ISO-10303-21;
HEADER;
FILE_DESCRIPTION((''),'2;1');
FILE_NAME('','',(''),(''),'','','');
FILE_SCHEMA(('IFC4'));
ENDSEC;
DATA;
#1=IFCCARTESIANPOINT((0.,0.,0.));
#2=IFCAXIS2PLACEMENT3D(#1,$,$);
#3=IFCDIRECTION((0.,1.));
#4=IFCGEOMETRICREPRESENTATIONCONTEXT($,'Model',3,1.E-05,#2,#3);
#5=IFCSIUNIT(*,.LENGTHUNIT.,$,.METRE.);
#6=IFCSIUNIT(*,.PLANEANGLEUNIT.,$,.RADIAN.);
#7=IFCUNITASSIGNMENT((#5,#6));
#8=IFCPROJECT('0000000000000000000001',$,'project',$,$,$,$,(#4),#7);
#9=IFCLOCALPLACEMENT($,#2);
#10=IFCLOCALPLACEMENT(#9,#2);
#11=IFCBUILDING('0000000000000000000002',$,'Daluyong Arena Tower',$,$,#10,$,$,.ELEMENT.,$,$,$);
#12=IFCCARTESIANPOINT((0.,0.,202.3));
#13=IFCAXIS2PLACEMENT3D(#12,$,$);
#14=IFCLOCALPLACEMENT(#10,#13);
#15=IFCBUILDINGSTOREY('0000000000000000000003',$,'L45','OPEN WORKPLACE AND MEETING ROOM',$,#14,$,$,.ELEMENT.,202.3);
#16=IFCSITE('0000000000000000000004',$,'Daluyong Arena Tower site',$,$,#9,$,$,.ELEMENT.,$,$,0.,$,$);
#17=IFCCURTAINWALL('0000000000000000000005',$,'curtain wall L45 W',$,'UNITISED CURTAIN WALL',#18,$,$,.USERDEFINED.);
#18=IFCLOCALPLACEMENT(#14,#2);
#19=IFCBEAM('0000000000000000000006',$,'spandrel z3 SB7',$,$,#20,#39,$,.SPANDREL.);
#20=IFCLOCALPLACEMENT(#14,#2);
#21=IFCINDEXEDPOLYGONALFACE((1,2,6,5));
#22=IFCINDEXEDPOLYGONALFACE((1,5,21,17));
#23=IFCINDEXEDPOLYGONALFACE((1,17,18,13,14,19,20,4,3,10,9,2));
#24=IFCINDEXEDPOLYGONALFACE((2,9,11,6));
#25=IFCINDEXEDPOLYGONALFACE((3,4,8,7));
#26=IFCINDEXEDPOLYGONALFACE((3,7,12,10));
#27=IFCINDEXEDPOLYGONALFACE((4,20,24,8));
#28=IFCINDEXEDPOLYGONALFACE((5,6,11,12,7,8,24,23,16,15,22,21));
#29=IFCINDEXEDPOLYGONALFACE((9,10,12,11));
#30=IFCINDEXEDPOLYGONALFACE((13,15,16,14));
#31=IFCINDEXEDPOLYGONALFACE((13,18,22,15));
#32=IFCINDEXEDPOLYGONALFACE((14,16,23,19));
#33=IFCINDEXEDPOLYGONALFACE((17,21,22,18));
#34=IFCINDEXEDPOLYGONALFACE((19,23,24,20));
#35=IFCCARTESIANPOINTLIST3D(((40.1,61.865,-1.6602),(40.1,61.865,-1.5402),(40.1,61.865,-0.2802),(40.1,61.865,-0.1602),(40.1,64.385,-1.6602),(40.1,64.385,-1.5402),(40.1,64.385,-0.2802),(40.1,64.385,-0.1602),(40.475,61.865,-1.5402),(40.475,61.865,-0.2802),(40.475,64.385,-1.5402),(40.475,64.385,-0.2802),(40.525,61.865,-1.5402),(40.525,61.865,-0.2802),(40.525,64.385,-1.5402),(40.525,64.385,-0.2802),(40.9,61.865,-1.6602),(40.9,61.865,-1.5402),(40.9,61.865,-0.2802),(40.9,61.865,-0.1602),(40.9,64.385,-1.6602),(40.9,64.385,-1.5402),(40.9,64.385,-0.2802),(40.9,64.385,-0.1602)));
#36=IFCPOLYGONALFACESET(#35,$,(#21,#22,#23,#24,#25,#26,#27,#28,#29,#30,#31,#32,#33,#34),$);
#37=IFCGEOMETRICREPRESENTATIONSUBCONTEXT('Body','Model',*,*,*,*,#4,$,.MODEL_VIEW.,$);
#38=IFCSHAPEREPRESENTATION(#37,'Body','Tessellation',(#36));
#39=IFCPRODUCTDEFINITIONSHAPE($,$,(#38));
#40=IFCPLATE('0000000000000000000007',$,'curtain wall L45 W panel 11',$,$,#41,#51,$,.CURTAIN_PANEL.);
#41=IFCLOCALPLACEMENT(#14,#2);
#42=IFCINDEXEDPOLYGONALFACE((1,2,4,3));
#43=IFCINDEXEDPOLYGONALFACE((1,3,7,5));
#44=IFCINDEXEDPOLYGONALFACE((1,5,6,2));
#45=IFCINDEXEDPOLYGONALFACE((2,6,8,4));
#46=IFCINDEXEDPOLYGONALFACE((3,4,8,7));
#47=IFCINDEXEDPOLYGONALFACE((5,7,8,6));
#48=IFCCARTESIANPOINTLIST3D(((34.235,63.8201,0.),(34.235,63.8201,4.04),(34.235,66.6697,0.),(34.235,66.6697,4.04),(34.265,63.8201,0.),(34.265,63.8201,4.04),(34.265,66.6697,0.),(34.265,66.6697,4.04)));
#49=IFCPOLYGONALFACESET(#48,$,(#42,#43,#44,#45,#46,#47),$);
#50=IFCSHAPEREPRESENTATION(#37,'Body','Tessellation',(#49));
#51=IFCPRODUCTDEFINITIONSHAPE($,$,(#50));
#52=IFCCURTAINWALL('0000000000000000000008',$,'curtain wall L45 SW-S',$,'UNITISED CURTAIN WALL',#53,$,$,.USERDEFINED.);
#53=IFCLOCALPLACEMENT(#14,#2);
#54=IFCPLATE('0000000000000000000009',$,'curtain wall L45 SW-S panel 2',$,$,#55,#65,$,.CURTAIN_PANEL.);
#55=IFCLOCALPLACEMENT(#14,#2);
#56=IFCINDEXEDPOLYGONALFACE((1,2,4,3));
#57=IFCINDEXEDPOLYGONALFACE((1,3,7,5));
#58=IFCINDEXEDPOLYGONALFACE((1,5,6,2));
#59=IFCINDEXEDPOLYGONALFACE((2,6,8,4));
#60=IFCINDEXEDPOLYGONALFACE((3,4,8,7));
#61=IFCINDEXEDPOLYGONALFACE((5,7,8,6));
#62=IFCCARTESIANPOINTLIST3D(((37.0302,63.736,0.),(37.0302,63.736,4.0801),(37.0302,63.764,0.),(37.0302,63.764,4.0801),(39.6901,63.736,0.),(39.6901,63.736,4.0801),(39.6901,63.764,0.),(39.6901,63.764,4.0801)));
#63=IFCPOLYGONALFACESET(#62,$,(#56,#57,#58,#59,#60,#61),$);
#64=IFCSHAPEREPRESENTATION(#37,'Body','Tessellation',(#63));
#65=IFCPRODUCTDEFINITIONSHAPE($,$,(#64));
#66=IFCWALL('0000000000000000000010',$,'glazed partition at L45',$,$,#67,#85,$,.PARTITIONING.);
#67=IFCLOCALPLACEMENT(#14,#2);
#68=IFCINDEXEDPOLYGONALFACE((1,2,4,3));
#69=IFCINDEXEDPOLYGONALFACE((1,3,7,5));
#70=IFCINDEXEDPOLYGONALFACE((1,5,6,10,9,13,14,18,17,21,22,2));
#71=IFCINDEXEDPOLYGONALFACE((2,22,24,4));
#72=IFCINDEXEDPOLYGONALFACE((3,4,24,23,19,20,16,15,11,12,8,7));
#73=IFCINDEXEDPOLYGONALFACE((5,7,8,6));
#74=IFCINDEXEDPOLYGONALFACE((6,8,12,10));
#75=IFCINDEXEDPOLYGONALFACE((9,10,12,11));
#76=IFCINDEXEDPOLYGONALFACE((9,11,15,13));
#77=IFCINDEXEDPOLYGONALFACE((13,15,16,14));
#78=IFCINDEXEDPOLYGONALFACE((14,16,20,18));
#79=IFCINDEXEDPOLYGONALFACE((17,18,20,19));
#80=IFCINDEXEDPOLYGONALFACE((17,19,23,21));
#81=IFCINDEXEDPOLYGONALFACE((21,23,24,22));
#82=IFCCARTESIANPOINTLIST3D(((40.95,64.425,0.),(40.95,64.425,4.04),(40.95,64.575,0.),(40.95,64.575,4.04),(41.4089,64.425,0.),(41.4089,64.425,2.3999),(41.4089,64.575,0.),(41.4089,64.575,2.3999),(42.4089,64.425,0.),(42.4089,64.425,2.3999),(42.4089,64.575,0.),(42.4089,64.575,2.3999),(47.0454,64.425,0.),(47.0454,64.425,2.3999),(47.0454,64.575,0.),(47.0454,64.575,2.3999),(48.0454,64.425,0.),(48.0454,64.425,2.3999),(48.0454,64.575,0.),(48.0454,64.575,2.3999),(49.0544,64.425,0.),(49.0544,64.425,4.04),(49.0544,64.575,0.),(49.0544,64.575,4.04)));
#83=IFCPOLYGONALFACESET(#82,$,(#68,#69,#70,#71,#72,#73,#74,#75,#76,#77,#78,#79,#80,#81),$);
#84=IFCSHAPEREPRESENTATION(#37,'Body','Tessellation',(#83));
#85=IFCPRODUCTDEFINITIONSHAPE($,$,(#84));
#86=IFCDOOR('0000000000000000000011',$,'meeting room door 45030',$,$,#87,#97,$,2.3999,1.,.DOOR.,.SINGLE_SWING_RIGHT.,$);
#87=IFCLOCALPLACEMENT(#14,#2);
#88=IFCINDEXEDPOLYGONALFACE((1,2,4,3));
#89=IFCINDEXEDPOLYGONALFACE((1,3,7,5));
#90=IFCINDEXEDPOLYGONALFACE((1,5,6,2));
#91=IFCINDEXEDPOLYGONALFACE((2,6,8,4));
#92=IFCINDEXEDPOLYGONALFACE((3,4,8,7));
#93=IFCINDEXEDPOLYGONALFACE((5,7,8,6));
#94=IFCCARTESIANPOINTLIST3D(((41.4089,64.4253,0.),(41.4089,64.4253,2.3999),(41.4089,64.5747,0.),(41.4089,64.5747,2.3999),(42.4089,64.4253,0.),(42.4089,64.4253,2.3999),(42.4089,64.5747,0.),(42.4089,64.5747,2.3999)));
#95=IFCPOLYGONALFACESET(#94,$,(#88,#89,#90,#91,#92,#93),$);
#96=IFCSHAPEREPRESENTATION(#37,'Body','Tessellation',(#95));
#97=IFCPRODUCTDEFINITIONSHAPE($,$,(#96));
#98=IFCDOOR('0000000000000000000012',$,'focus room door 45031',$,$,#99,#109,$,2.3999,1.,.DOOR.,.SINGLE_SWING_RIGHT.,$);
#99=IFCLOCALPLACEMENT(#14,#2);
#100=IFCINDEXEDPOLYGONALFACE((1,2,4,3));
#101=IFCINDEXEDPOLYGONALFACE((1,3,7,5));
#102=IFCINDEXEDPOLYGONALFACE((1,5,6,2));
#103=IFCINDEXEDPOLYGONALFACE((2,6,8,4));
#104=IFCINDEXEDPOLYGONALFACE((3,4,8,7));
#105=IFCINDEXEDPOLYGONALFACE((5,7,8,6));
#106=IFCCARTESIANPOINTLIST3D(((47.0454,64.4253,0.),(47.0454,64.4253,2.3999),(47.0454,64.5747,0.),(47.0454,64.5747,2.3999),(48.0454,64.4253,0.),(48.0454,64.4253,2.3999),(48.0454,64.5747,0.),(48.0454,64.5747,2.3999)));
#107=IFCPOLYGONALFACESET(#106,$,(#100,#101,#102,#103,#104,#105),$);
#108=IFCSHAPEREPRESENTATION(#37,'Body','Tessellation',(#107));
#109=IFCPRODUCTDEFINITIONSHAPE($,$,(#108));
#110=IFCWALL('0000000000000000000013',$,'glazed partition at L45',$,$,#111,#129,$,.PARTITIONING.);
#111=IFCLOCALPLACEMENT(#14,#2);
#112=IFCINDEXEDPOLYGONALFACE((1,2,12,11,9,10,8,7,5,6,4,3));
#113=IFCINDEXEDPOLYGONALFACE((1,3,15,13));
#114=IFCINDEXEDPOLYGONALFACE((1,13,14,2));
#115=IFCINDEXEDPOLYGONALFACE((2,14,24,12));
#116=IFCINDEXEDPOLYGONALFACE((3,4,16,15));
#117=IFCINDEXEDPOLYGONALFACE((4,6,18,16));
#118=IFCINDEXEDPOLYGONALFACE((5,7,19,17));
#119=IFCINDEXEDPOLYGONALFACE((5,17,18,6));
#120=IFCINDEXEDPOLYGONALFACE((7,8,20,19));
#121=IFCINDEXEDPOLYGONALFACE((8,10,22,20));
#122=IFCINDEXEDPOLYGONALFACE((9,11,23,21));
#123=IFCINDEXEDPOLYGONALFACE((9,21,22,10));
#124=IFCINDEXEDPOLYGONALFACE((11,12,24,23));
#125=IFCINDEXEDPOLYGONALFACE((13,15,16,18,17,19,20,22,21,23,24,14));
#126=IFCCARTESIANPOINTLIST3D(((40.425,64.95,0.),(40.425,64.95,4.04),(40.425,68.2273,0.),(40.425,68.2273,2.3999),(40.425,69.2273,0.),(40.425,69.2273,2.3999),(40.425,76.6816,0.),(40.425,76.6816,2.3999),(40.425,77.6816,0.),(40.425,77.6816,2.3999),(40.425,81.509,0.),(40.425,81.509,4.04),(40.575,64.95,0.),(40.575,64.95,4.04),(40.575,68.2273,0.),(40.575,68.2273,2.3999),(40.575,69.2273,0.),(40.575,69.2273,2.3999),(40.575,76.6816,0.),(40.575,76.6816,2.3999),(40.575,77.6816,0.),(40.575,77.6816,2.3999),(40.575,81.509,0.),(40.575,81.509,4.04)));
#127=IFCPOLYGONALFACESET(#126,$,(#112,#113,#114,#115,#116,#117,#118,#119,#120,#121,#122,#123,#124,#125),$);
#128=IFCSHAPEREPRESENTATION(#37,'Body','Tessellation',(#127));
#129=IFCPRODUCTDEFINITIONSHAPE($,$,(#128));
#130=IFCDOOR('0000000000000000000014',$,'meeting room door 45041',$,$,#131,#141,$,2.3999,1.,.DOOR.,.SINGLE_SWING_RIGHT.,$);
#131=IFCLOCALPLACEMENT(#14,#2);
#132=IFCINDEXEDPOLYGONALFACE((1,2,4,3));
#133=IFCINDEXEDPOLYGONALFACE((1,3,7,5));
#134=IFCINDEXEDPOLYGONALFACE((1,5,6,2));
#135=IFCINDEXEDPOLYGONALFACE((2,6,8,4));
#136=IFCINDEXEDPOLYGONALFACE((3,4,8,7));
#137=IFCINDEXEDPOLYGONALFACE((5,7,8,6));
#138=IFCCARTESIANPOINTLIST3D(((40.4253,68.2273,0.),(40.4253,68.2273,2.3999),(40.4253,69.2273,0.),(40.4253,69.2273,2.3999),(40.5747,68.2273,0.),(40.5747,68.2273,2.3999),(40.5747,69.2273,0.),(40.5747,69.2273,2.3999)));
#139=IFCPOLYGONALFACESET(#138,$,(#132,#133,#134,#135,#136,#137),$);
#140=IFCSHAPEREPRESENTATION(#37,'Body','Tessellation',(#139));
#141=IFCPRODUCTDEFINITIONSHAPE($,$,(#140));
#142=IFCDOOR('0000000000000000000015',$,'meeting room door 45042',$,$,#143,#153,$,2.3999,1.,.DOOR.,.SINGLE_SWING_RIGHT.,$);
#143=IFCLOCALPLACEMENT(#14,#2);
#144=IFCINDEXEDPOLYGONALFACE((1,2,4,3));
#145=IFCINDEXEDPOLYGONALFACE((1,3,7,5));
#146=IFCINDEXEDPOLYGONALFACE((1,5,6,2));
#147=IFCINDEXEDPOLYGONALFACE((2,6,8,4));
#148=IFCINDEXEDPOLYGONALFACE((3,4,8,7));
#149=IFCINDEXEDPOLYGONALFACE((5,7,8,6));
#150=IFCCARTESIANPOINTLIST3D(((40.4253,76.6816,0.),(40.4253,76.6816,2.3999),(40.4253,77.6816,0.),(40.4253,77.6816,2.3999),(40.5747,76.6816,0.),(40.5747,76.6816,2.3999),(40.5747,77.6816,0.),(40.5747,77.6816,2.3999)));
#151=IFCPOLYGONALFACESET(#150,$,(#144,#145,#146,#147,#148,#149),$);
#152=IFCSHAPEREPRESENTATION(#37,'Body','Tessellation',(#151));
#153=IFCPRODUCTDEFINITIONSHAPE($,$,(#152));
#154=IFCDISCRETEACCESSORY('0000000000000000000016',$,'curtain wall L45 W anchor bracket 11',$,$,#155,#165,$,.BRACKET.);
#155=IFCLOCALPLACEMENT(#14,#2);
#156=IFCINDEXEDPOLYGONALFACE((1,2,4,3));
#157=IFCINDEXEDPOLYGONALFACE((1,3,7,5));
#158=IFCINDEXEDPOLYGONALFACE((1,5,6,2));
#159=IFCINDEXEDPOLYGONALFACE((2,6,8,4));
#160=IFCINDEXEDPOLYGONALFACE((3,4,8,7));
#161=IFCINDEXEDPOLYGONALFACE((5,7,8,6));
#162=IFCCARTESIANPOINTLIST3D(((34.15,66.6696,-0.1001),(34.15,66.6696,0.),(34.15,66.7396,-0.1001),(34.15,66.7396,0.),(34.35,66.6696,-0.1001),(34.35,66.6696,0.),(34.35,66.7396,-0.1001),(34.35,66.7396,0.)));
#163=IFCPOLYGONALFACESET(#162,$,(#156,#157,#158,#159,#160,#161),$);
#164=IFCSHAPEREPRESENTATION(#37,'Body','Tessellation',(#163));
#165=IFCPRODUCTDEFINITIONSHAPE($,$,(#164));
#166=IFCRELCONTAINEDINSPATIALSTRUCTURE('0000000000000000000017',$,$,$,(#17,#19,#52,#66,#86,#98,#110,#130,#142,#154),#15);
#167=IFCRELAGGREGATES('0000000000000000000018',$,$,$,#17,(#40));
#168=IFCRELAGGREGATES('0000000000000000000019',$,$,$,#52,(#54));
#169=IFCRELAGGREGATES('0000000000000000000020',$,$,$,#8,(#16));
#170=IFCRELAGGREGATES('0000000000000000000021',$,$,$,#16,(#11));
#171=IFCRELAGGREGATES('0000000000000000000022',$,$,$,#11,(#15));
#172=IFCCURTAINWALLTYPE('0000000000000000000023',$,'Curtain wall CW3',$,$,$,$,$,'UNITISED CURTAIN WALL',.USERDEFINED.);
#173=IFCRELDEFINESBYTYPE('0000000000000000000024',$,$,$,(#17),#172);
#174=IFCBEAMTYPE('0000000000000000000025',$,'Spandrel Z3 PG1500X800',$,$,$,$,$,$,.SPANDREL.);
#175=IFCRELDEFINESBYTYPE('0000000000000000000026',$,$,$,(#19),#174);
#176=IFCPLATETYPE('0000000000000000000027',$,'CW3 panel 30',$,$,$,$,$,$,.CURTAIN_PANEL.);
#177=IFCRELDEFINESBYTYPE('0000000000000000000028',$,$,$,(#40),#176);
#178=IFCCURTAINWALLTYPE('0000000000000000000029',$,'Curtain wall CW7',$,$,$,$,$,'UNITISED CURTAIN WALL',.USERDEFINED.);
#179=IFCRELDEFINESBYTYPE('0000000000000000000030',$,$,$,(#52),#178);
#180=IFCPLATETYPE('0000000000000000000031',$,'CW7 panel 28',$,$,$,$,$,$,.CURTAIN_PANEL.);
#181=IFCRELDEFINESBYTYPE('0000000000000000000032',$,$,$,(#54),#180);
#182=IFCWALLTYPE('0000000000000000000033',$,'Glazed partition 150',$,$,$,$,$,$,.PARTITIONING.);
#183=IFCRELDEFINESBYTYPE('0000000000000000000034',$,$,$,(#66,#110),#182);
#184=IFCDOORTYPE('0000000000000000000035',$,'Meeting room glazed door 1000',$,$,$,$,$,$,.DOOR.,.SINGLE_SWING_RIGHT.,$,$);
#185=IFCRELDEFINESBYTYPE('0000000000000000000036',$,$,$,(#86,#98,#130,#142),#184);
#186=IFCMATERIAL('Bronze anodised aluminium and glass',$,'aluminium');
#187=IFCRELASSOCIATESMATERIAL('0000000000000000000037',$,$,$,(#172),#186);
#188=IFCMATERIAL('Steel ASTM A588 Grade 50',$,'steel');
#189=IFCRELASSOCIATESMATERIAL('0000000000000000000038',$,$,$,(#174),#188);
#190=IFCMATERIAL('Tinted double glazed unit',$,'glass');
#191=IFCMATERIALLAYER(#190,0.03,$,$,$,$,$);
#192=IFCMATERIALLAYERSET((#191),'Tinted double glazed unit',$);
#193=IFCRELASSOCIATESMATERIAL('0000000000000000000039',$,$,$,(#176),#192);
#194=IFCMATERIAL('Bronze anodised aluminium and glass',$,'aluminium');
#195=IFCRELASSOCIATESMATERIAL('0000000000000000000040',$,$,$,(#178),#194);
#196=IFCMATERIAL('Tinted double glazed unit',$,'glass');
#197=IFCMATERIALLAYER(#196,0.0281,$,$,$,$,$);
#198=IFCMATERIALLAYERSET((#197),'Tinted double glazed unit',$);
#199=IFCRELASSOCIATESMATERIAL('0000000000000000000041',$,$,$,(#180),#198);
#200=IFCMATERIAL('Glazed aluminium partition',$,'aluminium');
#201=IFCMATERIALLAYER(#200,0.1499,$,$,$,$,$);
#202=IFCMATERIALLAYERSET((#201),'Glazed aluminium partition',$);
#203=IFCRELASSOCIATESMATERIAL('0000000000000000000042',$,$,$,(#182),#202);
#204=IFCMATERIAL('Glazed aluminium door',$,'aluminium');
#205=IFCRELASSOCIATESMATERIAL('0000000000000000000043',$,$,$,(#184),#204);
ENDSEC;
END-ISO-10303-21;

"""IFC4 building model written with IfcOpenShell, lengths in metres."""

from ifc_helpers import new_model, si_unit, direction, frame, frame_2d, origin, origin_2d, place, context, subcontext, project, spatial, rectangle, i_section, extrude, material, layer, layer_set, material_profile, profile_set, type_object, element, fill, aggregate, save


model = new_model("IFC4")

# Units and contexts
model_context = context("Model", 3, precision=1e-05, world=origin(), true_north=direction((0.0, 1.0)))
body_context = subcontext(model_context, "Body", "Model", "MODEL_VIEW")
ifc_project = project(units=[si_unit("LENGTHUNIT", "METRE"), si_unit("PLANEANGLEUNIT", "RADIAN")], contexts=[model_context])

# Site, building, storey
site_placement = place(None, origin())
site = spatial("IfcSite", under=ifc_project, at=site_placement, Name="Daluyong Arena Tower site", CompositionType="ELEMENT", RefElevation=0.0)
building_placement = place(site_placement, origin())
building = spatial("IfcBuilding", under=site, at=building_placement, Name="Daluyong Arena Tower", CompositionType="ELEMENT")
storey_placement = place(building_placement, frame((0.0, 0.0, 202.3)))
storey = spatial("IfcBuildingStorey", under=building, at=storey_placement, Name="L45", Description="OPEN WORKPLACE AND MEETING ROOM", CompositionType="ELEMENT", Elevation=202.3)

# Curtain wall
ifc_material_1 = material(Name="Bronze anodised aluminium and glass", Category="aluminium")
curtain_wall_type_1 = type_object("IfcCurtainWallType", Name="Curtain wall CW3", ElementType="UNITISED CURTAIN WALL", PredefinedType="USERDEFINED", material=ifc_material_1)
curtain_wall_1_placement = place(storey_placement, origin())
curtain_wall_1 = element("IfcCurtainWall", 1, at=curtain_wall_1_placement, inside=storey, type_object=curtain_wall_type_1, Name="curtain wall L45 W", ObjectType="UNITISED CURTAIN WALL", PredefinedType="USERDEFINED")

# Beam
ifc_material_2 = material(Name="Steel ASTM A588 Grade 50", Category="steel")
ifc_material_profile_1 = material_profile(ifc_material_2, i_section(OverallWidth=0.8, OverallDepth=1.5, WebThickness=0.05, FlangeThickness=0.12, at=origin_2d()))
ifc_profile_set_1 = profile_set([ifc_material_profile_1], Name="Steel ASTM A588 Grade 50")
beam_type_1 = type_object("IfcBeamType", Name="Spandrel Z3 PG1500X800", PredefinedType="SPANDREL", material=ifc_profile_set_1)
for number, where, z_axis, x_axis, name in (
    (2, (40.5, 64.385, -0.9102), (0.0, -1.0, 0.0), (1.0, 0.0, 0.0), "spandrel z3 SB7"),
):
    element("IfcBeam", number, at=place(storey_placement, frame(where, z_axis=z_axis, x_axis=x_axis)), inside=storey, type_object=beam_type_1, Name=name, PredefinedType="SPANDREL", context=body_context, shape_type="SweptSolid", body=[
        extrude(i_section(OverallWidth=0.8, OverallDepth=1.5, WebThickness=0.05, FlangeThickness=0.12, at=origin_2d()), origin(), (0.0, 0.0, 1.0), 2.52),
    ])

# Plate
ifc_material_3 = material(Name="Tinted double glazed unit", Category="glass")
ifc_layer_1 = layer(ifc_material_3, 0.03)
ifc_layer_set_1 = layer_set([ifc_layer_1], Name="Tinted double glazed unit")
plate_type_1 = type_object("IfcPlateType", Name="CW3 panel 30", PredefinedType="CURTAIN_PANEL", material=ifc_layer_set_1)
plate_1_placement = place(storey_placement, frame((34.25, 65.2449, 0.0), z_axis=(0.0, 0.0, 1.0), x_axis=(0.0, -1.0, 0.0)))
plate_1 = element("IfcPlate", 3, at=plate_1_placement, type_object=plate_type_1, Name="curtain wall L45 W panel 11", PredefinedType="CURTAIN_PANEL", context=body_context, shape_type="SweptSolid", body=[
    extrude(rectangle(XDim=2.8496, YDim=0.03, at=origin_2d()), origin(), (0.0, 0.0, 1.0), 4.04),
])
aggregate(curtain_wall_1, [plate_1])

# Curtain wall, plate
ifc_material_4 = material(Name="Bronze anodised aluminium and glass", Category="aluminium")
curtain_wall_type_2 = type_object("IfcCurtainWallType", Name="Curtain wall CW7", ElementType="UNITISED CURTAIN WALL", PredefinedType="USERDEFINED", material=ifc_material_4)
curtain_wall_2_placement = place(storey_placement, origin())
curtain_wall_2 = element("IfcCurtainWall", 4, at=curtain_wall_2_placement, inside=storey, type_object=curtain_wall_type_2, Name="curtain wall L45 SW-S", ObjectType="UNITISED CURTAIN WALL", PredefinedType="USERDEFINED")
ifc_material_5 = material(Name="Tinted double glazed unit", Category="glass")
ifc_layer_2 = layer(ifc_material_5, 0.0281)
ifc_layer_set_2 = layer_set([ifc_layer_2], Name="Tinted double glazed unit")
plate_type_2 = type_object("IfcPlateType", Name="CW7 panel 28", PredefinedType="CURTAIN_PANEL", material=ifc_layer_set_2)
plate_2_placement = place(storey_placement, frame((38.3601, 63.75, 0.0), z_axis=(0.0, 0.0, 1.0), x_axis=(1.0, 0.0, 0.0)))
plate_2 = element("IfcPlate", 5, at=plate_2_placement, type_object=plate_type_2, Name="curtain wall L45 SW-S panel 2", PredefinedType="CURTAIN_PANEL", context=body_context, shape_type="SweptSolid", body=[
    extrude(rectangle(XDim=2.6599, YDim=0.0281, at=origin_2d()), origin(), (0.0, 0.0, 1.0), 4.0801),
])
aggregate(curtain_wall_2, [plate_2])

# Walls, openings, doors
ifc_material_6 = material(Name="Glazed aluminium partition", Category="aluminium")
ifc_layer_3 = layer(ifc_material_6, 0.1499)
ifc_layer_set_3 = layer_set([ifc_layer_3], Name="Glazed aluminium partition")
wall_type = type_object("IfcWallType", Name="Glazed partition 150", PredefinedType="PARTITIONING", material=ifc_layer_set_3)
wall_1_placement = place(storey_placement, frame((40.95, 64.5, 0.0), z_axis=(0.0, 0.0, 1.0), x_axis=(1.0, 0.0, 0.0)))
wall_1 = element("IfcWall", 6, at=wall_1_placement, inside=storey, type_object=wall_type, Name="glazed partition at L45", PredefinedType="PARTITIONING", context=body_context, shape_type="SweptSolid", body=[
    extrude(rectangle(XDim=8.1045, YDim=0.1499, at=frame_2d((4.0522, 0.0))), origin(), (0.0, 0.0, 1.0), 4.04),
])
opening_1_placement = place(wall_1_placement, frame((0.459, 0.0, 0.0)))
opening_1 = element("IfcOpeningElement", 7, at=opening_1_placement, cuts=wall_1, PredefinedType="OPENING", context=body_context, shape_type="SweptSolid", body=[
    extrude(rectangle(XDim=1.0, YDim=2.3999, at=frame_2d((0.5, 1.2))), frame((0.0, 0.085, 0.0), z_axis=(0.0, -1.0, 0.0), x_axis=(1.0, 0.0, 0.0)), (0.0, 0.0, 1.0), 0.1699),
])
opening_2_placement = place(wall_1_placement, frame((6.0955, 0.0, 0.0)))
opening_2 = element("IfcOpeningElement", 8, at=opening_2_placement, cuts=wall_1, PredefinedType="OPENING", context=body_context, shape_type="SweptSolid", body=[
    extrude(rectangle(XDim=1.0, YDim=2.3999, at=frame_2d((0.5, 1.2))), frame((0.0, 0.085, 0.0), z_axis=(0.0, -1.0, 0.0), x_axis=(1.0, 0.0, 0.0)), (0.0, 0.0, 1.0), 0.1699),
])
ifc_material_7 = material(Name="Glazed aluminium door", Category="aluminium")
door_type = type_object("IfcDoorType", Name="Meeting room glazed door 1000", OperationType="SINGLE_SWING_RIGHT", PredefinedType="DOOR", material=ifc_material_7)
door_1_placement = place(opening_1_placement, origin())
door_1 = element("IfcDoor", 9, at=door_1_placement, inside=storey, type_object=door_type, Name="meeting room door 45030", OperationType="SINGLE_SWING_RIGHT", OverallHeight=2.3999, OverallWidth=1.0, PredefinedType="DOOR", context=body_context, shape_type="SweptSolid", body=[
    extrude(rectangle(XDim=1.0, YDim=2.3999, at=frame_2d((0.5, 1.2))), frame((0.0, 0.0747, 0.0), z_axis=(0.0, -1.0, 0.0), x_axis=(1.0, 0.0, 0.0)), (0.0, 0.0, 1.0), 0.1494),
])
fill(opening_1, door_1)
door_2_placement = place(opening_2_placement, origin())
door_2 = element("IfcDoor", 10, at=door_2_placement, inside=storey, type_object=door_type, Name="focus room door 45031", OperationType="SINGLE_SWING_RIGHT", OverallHeight=2.3999, OverallWidth=1.0, PredefinedType="DOOR", context=body_context, shape_type="SweptSolid", body=[
    extrude(rectangle(XDim=1.0, YDim=2.3999, at=frame_2d((0.5, 1.2))), frame((0.0, 0.0747, 0.0), z_axis=(0.0, -1.0, 0.0), x_axis=(1.0, 0.0, 0.0)), (0.0, 0.0, 1.0), 0.1494),
])
fill(opening_2, door_2)
wall_2_placement = place(storey_placement, frame((40.5, 64.95, 0.0), z_axis=(0.0, 0.0, 1.0), x_axis=(0.0, 1.0, 0.0)))
wall_2 = element("IfcWall", 11, at=wall_2_placement, inside=storey, type_object=wall_type, Name="glazed partition at L45", PredefinedType="PARTITIONING", context=body_context, shape_type="SweptSolid", body=[
    extrude(rectangle(XDim=16.5591, YDim=0.1499, at=frame_2d((8.2795, 0.0))), origin(), (0.0, 0.0, 1.0), 4.04),
])
opening_3_placement = place(wall_2_placement, frame((3.2773, 0.0, 0.0)))
opening_3 = element("IfcOpeningElement", 12, at=opening_3_placement, cuts=wall_2, PredefinedType="OPENING", context=body_context, shape_type="SweptSolid", body=[
    extrude(rectangle(XDim=1.0, YDim=2.3999, at=frame_2d((0.5, 1.2))), frame((0.0, 0.085, 0.0), z_axis=(0.0, -1.0, 0.0), x_axis=(1.0, 0.0, 0.0)), (0.0, 0.0, 1.0), 0.1699),
])
opening_4_placement = place(wall_2_placement, frame((11.7317, 0.0, 0.0)))
opening_4 = element("IfcOpeningElement", 13, at=opening_4_placement, cuts=wall_2, PredefinedType="OPENING", context=body_context, shape_type="SweptSolid", body=[
    extrude(rectangle(XDim=1.0, YDim=2.3999, at=frame_2d((0.5, 1.2))), frame((0.0, 0.085, 0.0), z_axis=(0.0, -1.0, 0.0), x_axis=(1.0, 0.0, 0.0)), (0.0, 0.0, 1.0), 0.1699),
])
door_3_placement = place(opening_3_placement, origin())
door_3 = element("IfcDoor", 14, at=door_3_placement, inside=storey, type_object=door_type, Name="meeting room door 45041", OperationType="SINGLE_SWING_RIGHT", OverallHeight=2.3999, OverallWidth=1.0, PredefinedType="DOOR", context=body_context, shape_type="SweptSolid", body=[
    extrude(rectangle(XDim=1.0, YDim=2.3999, at=frame_2d((0.5, 1.2))), frame((0.0, 0.0747, 0.0), z_axis=(0.0, -1.0, 0.0), x_axis=(1.0, 0.0, 0.0)), (0.0, 0.0, 1.0), 0.1494),
])
fill(opening_3, door_3)
door_4_placement = place(opening_4_placement, origin())
door_4 = element("IfcDoor", 15, at=door_4_placement, inside=storey, type_object=door_type, Name="meeting room door 45042", OperationType="SINGLE_SWING_RIGHT", OverallHeight=2.3999, OverallWidth=1.0, PredefinedType="DOOR", context=body_context, shape_type="SweptSolid", body=[
    extrude(rectangle(XDim=1.0, YDim=2.3999, at=frame_2d((0.5, 1.2))), frame((0.0, 0.0747, 0.0), z_axis=(0.0, -1.0, 0.0), x_axis=(1.0, 0.0, 0.0)), (0.0, 0.0, 1.0), 0.1494),
])
fill(opening_4, door_4)

# Discrete accessory
discrete_accessory_placement = place(storey_placement, frame((34.25, 66.7046, -0.1001), z_axis=(0.0, 0.0, 1.0), x_axis=(0.0, -1.0, 0.0)))
element("IfcDiscreteAccessory", 16, at=discrete_accessory_placement, inside=storey, Name="curtain wall L45 W anchor bracket 11", PredefinedType="BRACKET", context=body_context, shape_type="SweptSolid", body=[
    extrude(rectangle(XDim=0.0701, YDim=0.2, at=origin_2d()), origin(), (0.0, 0.0, 1.0), 0.1001),
])

save(model, "model.ifc")
